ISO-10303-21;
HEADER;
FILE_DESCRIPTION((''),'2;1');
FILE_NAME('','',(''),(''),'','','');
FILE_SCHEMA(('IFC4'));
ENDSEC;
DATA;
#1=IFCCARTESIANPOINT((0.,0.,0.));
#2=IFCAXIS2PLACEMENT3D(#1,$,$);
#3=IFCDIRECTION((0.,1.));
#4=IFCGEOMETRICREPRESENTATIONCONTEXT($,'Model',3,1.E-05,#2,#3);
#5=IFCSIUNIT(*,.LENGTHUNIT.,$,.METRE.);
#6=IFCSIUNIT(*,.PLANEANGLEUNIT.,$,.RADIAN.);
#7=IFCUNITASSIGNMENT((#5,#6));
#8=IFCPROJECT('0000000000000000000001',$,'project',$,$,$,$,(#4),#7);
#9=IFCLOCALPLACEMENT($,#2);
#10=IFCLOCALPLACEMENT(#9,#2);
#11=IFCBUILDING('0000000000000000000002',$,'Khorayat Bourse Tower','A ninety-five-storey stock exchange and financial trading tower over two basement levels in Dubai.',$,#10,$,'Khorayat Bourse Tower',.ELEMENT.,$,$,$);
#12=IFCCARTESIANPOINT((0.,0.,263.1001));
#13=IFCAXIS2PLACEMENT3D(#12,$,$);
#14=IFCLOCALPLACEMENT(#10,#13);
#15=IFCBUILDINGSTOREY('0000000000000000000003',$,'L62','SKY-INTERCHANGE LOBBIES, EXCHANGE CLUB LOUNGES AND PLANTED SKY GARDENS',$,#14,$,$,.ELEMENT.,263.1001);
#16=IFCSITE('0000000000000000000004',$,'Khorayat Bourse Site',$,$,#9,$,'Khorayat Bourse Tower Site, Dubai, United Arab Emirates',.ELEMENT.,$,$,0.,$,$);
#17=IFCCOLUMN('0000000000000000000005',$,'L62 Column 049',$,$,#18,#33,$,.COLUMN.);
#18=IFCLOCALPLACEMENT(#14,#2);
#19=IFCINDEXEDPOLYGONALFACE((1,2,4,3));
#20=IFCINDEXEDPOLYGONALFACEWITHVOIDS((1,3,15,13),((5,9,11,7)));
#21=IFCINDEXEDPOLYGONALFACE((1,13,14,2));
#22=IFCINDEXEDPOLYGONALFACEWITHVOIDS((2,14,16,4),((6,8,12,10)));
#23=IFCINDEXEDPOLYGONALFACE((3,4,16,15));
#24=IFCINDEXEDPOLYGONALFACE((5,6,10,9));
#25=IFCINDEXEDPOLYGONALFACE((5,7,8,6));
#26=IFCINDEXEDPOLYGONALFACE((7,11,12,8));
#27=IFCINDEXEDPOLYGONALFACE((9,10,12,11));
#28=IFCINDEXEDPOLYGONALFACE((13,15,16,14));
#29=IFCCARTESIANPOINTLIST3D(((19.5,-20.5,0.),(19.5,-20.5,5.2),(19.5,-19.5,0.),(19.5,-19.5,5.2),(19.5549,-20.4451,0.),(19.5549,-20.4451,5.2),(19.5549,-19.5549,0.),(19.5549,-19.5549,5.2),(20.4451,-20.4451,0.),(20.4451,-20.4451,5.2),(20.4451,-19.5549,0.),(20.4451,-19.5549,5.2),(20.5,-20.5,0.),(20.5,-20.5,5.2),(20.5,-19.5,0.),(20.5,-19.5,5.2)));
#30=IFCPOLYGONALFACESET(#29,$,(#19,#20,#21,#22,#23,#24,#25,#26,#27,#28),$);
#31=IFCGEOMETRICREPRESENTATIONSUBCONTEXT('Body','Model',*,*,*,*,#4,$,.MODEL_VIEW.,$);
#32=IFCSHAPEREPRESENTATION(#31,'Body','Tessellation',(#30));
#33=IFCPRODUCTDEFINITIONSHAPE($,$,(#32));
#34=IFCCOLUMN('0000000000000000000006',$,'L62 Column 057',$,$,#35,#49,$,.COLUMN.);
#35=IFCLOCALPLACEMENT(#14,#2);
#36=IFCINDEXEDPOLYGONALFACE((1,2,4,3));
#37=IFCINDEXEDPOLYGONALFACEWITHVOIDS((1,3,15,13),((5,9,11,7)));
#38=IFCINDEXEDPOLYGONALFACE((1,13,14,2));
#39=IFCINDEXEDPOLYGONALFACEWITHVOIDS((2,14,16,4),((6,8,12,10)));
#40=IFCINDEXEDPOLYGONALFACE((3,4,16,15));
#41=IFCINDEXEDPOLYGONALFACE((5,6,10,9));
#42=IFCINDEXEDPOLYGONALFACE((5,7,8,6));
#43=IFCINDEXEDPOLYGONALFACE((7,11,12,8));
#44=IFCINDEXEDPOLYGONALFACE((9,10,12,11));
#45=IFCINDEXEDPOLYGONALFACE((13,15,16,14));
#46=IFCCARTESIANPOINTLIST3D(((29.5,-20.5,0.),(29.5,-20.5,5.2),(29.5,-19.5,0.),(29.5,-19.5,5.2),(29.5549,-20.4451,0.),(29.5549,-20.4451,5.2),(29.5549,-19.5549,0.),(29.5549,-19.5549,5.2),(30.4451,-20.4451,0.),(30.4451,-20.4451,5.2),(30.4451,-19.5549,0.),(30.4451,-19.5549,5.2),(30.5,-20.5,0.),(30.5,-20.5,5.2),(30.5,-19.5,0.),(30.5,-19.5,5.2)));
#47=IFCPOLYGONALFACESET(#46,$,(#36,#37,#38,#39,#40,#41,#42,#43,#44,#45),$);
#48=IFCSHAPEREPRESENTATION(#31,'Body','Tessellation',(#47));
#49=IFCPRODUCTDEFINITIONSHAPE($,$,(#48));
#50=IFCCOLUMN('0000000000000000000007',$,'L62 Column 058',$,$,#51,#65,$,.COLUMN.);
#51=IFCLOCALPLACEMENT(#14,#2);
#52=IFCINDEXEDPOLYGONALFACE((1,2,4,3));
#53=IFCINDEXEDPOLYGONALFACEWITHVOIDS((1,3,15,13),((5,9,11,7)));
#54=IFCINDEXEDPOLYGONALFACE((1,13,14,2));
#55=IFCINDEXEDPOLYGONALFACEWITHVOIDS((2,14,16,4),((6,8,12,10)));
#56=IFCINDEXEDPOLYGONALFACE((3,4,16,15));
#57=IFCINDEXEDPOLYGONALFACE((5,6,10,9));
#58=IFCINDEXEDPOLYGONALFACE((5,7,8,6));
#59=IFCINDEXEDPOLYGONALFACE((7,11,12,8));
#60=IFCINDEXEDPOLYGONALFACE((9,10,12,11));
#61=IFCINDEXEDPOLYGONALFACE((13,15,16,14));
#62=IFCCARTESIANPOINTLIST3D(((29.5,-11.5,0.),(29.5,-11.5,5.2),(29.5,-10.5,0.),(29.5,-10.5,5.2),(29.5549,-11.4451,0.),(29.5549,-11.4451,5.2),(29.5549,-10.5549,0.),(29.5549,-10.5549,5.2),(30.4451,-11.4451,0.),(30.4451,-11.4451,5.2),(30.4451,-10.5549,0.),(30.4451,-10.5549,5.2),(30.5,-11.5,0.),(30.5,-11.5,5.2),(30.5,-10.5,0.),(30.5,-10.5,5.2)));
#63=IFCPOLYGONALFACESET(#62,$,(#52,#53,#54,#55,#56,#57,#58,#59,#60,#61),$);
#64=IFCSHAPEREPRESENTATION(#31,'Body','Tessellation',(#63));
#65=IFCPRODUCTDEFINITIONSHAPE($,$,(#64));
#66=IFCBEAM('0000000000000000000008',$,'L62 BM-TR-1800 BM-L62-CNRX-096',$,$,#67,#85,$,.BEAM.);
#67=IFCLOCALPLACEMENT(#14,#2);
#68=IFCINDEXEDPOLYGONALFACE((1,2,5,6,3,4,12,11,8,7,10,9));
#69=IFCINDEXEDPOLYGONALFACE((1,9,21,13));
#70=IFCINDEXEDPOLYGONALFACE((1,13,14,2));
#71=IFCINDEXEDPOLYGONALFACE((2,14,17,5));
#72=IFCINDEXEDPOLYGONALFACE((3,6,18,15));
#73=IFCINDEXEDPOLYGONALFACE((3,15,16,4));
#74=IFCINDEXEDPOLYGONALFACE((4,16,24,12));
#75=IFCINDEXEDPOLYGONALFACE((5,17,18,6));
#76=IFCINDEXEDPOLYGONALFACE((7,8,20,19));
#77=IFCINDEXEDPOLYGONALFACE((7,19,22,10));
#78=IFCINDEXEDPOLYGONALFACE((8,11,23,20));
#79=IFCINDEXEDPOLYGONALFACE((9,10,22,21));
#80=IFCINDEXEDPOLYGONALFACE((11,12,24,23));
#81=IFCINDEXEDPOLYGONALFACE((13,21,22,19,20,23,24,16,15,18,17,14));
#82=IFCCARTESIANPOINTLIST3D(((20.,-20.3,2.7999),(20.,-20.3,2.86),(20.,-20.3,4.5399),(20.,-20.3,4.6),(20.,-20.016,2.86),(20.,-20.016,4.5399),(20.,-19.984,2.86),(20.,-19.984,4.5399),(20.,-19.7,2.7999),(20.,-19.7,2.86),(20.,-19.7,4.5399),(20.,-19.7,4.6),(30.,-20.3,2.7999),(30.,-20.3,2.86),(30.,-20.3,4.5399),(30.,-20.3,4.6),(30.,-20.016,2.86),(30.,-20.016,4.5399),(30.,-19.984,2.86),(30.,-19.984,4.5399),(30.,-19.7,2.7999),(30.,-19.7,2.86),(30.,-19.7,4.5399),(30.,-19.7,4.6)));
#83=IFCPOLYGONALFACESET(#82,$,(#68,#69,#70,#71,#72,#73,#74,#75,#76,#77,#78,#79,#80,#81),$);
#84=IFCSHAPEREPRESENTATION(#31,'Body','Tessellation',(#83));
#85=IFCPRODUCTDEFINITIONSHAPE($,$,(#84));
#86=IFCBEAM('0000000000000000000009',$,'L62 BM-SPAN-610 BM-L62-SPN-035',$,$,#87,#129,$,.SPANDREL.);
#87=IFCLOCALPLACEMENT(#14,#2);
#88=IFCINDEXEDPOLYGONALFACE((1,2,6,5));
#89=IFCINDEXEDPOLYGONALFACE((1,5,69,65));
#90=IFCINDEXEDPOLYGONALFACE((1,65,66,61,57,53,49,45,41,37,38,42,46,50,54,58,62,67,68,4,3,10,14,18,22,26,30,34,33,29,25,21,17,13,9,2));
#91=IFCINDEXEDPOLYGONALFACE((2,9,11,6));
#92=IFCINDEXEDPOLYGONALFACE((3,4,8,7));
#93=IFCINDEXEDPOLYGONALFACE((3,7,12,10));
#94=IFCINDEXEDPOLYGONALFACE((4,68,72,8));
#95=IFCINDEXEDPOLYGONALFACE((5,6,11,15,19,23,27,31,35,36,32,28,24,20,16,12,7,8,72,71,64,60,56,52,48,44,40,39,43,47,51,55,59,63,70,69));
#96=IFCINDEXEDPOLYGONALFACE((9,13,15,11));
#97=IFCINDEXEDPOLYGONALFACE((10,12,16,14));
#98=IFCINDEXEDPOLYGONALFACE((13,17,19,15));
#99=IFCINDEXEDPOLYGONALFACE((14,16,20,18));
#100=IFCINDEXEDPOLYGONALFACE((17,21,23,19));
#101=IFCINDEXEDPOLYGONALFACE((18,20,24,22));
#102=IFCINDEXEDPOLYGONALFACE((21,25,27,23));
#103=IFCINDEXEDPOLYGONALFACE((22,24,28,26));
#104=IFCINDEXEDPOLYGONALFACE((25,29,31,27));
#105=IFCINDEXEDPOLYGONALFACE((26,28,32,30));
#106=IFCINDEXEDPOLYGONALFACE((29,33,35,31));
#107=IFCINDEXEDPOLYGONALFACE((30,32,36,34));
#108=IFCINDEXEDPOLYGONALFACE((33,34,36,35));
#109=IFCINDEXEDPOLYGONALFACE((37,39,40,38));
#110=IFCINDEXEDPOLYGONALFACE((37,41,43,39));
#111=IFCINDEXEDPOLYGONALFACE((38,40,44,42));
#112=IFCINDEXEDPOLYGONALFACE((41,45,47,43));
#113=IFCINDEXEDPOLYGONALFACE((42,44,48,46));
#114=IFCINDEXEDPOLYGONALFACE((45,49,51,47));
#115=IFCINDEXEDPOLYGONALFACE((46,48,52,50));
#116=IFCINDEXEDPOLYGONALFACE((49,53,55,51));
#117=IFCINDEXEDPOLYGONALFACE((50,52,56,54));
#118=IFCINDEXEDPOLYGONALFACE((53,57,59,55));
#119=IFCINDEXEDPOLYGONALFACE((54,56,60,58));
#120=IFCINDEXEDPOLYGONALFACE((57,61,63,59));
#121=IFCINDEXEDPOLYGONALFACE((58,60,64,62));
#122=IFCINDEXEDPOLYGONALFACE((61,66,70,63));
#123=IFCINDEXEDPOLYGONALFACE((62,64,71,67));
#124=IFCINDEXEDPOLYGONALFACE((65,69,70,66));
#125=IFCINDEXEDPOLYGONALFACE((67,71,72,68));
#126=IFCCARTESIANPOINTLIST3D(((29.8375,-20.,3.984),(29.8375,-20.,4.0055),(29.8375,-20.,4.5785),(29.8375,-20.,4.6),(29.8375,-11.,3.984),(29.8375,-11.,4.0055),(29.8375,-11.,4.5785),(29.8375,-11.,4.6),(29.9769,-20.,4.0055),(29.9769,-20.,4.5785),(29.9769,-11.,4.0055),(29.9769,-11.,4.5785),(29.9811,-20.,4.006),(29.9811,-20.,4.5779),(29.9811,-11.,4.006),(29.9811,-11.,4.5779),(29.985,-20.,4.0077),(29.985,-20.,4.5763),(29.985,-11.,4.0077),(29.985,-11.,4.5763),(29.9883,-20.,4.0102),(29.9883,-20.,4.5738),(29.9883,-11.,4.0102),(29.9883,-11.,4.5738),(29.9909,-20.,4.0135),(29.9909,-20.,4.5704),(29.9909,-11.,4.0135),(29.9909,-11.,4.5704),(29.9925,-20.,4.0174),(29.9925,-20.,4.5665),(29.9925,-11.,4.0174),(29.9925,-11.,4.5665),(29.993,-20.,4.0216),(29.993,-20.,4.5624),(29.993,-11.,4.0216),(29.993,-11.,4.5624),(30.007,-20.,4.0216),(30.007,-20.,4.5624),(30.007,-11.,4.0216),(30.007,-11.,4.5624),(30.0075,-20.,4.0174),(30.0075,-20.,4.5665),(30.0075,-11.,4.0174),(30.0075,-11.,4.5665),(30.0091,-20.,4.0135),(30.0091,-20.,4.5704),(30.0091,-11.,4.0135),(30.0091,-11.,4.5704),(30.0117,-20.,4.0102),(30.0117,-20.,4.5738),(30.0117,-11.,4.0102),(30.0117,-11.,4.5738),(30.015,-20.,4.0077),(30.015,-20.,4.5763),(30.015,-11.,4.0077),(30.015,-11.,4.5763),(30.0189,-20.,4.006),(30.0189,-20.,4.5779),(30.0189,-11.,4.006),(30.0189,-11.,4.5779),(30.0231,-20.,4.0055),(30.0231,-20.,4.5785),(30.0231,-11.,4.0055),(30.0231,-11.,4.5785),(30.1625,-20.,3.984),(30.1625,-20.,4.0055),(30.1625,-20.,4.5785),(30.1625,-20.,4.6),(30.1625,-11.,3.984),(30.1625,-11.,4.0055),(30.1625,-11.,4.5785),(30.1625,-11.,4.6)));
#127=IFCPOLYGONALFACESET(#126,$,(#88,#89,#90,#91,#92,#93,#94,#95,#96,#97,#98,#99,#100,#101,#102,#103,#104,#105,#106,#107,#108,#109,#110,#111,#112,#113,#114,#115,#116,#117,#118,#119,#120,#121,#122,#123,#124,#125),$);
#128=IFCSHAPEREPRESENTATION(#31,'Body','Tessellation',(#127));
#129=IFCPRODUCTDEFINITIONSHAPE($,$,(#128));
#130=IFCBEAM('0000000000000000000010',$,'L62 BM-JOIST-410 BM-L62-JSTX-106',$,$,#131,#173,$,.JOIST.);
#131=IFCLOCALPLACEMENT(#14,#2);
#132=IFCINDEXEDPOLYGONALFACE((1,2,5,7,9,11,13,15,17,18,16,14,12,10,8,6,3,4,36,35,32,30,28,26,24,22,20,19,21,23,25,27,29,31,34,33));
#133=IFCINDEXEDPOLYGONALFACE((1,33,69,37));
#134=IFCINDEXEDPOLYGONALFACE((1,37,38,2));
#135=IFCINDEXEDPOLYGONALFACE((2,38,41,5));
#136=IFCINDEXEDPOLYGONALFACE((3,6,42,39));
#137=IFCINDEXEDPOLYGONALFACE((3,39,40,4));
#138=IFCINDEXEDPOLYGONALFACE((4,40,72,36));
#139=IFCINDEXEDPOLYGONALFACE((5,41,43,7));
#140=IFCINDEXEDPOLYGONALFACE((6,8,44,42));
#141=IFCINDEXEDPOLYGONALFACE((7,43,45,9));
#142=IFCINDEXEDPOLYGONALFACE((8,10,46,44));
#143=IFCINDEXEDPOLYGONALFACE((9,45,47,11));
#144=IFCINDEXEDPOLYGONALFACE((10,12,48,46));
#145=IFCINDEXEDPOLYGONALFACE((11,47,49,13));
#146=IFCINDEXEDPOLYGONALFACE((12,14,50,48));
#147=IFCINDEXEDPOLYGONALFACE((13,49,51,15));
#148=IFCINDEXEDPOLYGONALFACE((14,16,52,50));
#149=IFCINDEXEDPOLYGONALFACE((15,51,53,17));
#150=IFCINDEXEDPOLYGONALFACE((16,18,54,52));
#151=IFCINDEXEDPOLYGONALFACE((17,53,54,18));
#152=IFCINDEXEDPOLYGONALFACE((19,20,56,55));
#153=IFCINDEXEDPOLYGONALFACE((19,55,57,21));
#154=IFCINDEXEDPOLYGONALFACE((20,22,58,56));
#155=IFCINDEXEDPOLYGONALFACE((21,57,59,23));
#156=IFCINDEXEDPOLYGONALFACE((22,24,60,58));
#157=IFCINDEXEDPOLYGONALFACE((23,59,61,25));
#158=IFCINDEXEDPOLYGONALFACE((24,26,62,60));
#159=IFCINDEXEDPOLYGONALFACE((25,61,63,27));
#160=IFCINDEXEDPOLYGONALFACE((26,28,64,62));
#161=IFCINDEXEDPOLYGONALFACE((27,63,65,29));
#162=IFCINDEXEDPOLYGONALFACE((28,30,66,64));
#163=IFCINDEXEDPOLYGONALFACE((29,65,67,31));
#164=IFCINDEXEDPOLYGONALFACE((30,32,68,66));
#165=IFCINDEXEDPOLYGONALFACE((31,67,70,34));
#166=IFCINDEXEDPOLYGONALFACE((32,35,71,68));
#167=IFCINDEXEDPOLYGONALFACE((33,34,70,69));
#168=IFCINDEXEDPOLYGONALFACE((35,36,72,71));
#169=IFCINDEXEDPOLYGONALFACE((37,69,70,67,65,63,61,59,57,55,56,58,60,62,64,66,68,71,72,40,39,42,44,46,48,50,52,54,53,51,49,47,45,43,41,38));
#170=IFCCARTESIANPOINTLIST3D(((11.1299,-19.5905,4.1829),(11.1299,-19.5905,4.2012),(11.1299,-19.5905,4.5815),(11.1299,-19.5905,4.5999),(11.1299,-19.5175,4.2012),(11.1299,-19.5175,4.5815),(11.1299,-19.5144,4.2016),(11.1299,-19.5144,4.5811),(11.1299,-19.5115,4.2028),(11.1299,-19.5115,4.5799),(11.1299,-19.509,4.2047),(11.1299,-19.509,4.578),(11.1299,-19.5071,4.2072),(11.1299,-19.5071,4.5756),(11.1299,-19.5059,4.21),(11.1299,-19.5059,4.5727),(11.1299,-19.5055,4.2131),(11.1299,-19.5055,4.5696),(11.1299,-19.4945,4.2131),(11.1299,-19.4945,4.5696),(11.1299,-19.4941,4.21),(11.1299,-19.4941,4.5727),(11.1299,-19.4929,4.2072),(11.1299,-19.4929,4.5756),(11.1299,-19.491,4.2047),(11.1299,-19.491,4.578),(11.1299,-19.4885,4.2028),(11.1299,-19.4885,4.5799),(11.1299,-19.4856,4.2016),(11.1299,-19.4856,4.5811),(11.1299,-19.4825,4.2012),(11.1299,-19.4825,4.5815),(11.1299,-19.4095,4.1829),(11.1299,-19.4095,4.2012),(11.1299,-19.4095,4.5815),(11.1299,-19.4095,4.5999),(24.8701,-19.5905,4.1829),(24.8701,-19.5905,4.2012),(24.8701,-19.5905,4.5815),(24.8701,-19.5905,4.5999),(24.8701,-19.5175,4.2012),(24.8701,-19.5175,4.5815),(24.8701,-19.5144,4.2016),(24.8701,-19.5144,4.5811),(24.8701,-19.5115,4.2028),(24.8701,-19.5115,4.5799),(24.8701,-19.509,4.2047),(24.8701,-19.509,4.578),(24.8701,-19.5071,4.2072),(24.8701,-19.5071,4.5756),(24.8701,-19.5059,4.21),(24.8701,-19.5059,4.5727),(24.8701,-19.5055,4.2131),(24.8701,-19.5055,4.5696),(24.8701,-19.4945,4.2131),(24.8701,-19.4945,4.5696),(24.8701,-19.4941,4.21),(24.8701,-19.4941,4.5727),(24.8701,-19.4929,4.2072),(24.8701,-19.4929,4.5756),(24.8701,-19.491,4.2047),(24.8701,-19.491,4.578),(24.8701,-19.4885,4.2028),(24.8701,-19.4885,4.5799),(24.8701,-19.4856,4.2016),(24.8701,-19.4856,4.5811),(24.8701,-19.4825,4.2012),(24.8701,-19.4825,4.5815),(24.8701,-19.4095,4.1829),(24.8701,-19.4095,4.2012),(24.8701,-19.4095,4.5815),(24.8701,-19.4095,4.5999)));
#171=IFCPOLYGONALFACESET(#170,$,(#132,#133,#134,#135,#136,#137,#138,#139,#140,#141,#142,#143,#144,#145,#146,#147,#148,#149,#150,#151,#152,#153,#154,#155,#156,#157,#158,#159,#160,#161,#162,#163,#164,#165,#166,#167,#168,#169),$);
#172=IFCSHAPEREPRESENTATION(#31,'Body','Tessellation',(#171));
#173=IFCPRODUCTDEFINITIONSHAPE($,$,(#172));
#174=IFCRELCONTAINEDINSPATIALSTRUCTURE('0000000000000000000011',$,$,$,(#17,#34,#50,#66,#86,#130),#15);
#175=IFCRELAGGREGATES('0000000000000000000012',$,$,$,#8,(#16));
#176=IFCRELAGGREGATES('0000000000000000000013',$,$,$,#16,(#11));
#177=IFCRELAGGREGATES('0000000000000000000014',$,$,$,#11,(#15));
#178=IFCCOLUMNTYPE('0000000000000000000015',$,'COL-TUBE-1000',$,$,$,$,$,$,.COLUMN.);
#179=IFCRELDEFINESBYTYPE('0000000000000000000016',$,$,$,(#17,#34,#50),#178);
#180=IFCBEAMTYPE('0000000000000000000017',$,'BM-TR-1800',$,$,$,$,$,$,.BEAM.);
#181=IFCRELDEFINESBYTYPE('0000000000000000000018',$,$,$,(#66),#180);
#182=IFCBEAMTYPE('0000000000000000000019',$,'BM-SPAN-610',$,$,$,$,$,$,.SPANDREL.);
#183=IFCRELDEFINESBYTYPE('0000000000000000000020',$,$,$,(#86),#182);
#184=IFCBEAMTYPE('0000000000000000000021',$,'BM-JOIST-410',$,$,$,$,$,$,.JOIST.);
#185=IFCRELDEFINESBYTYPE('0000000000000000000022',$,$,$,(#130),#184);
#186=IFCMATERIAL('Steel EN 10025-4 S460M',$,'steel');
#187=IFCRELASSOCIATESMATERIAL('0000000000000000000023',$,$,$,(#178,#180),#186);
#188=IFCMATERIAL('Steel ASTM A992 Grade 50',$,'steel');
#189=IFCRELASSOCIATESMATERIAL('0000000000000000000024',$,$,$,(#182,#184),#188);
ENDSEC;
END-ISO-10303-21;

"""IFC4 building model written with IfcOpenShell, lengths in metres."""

from ifc_helpers import new_model, si_unit, direction, frame, origin, origin_2d, place, context, subcontext, project, spatial, hollow_rectangle, i_section, extrude, source, transform, mapped, material, material_profile, profile_set, type_object, element, save


model = new_model("IFC4")

# Units and contexts
model_context = context("Model", 3, precision=1e-05, world=origin(), true_north=direction((0.0, 1.0)))
body_context = subcontext(model_context, "Body", "Model", "MODEL_VIEW")
ifc_project = project(units=[si_unit("LENGTHUNIT", "METRE"), si_unit("PLANEANGLEUNIT", "RADIAN")], contexts=[model_context])

# Site, building, storey
site_placement = place(None, origin())
site = spatial("IfcSite", under=ifc_project, at=site_placement, Name="Khorayat Bourse Site", LongName="Khorayat Bourse Tower Site, Dubai, United Arab Emirates", CompositionType="ELEMENT", RefElevation=0.0)
building_placement = place(site_placement, origin())
building = spatial("IfcBuilding", under=site, at=building_placement, Name="Khorayat Bourse Tower", Description="A ninety-five-storey stock exchange and financial trading tower over two basement levels in Dubai.", LongName="Khorayat Bourse Tower", CompositionType="ELEMENT")
storey_placement = place(building_placement, frame((0.0, 0.0, 263.1001)))
storey = spatial("IfcBuildingStorey", under=building, at=storey_placement, Name="L62", Description="SKY-INTERCHANGE LOBBIES, EXCHANGE CLUB LOUNGES AND PLANTED SKY GARDENS", CompositionType="ELEMENT", Elevation=263.1001)

# Columns
ifc_material_1 = material(Name="Steel EN 10025-4 S460M", Category="steel")
ifc_material_profile_1 = material_profile(ifc_material_1, hollow_rectangle(XDim=1.0, YDim=1.0, WallThickness=0.0549, at=origin_2d()), Name="BOX 1000x1000x55")
ifc_profile_set_1 = profile_set([ifc_material_profile_1], Name="Steel EN 10025-4 S460M")
column_type = type_object("IfcColumnType", Name="COL-TUBE-1000", PredefinedType="COLUMN", material=ifc_profile_set_1)
shared_shape_1 = source(origin(), body_context, "Body", "SweptSolid", [
    extrude(hollow_rectangle(XDim=1.0, YDim=1.0, WallThickness=0.0549, at=origin_2d()), origin(), (0.0, 0.0, 1.0), 5.2),
])
for number, where, z_axis, x_axis, name in (
    (1, (20.0, -20.0, 0.0), (0.0, 0.0, 1.0), (1.0, 0.0, 0.0), "L62 Column 049"),
    (2, (30.0, -20.0, 0.0), (0.0, 0.0, 1.0), (1.0, 0.0, 0.0), "L62 Column 057"),
    (3, (30.0, -11.0, 0.0), (0.0, 0.0, 1.0), (1.0, 0.0, 0.0), "L62 Column 058"),
):
    element("IfcColumn", number, at=place(storey_placement, frame(where, z_axis=z_axis, x_axis=x_axis)), inside=storey, type_object=column_type, Name=name, PredefinedType="COLUMN", context=body_context, shape_type="MappedRepresentation", body=[
        mapped(shared_shape_1, transform((0.0, 0.0, 0.0), scale=1.0)),
    ])

# Beams
ifc_material_profile_2 = material_profile(ifc_material_1, i_section(OverallWidth=0.6001, OverallDepth=1.8, WebThickness=0.032, FlangeThickness=0.0601, at=origin_2d()), Name="PG 1800x600x32x60")
ifc_profile_set_2 = profile_set([ifc_material_profile_2], Name="Steel EN 10025-4 S460M")
beam_type_1 = type_object("IfcBeamType", Name="BM-TR-1800", PredefinedType="BEAM", material=ifc_profile_set_2)
shared_shape_2 = source(origin(), body_context, "Body", "SweptSolid", [
    extrude(i_section(OverallWidth=0.6001, OverallDepth=1.8, WebThickness=0.032, FlangeThickness=0.0601, at=origin_2d()), origin(), (0.0, 0.0, 1.0), 10.0),
])
beam_1_placement = place(storey_placement, frame((20.0, -20.0, 3.7), z_axis=(1.0, 0.0, 0.0), x_axis=(0.0, 1.0, 0.0)))
element("IfcBeam", 4, at=beam_1_placement, inside=storey, type_object=beam_type_1, Name="L62 BM-TR-1800 BM-L62-CNRX-096", PredefinedType="BEAM", context=body_context, shape_type="MappedRepresentation", body=[
    mapped(shared_shape_2, transform((0.0, 0.0, 0.0), scale=1.0)),
])
ifc_material_2 = material(Name="Steel ASTM A992 Grade 50", Category="steel")
ifc_material_profile_3 = material_profile(ifc_material_2, i_section(OverallWidth=0.325, OverallDepth=0.616, WebThickness=0.0139, FlangeThickness=0.0215, FilletRadius=0.0161, at=origin_2d()), Name="W610X174")
ifc_profile_set_3 = profile_set([ifc_material_profile_3], Name="Steel ASTM A992 Grade 50")
beam_type_2 = type_object("IfcBeamType", Name="BM-SPAN-610", PredefinedType="SPANDREL", material=ifc_profile_set_3)
shared_shape_3 = source(origin(), body_context, "Body", "SweptSolid", [
    extrude(i_section(OverallWidth=0.325, OverallDepth=0.616, WebThickness=0.0139, FlangeThickness=0.0215, FilletRadius=0.0161, at=origin_2d()), origin(), (0.0, 0.0, 1.0), 9.0),
])
beam_2_placement = place(storey_placement, frame((30.0, -20.0, 4.292), z_axis=(0.0, 1.0, 0.0), x_axis=(-1.0, 0.0, 0.0)))
element("IfcBeam", 5, at=beam_2_placement, inside=storey, type_object=beam_type_2, Name="L62 BM-SPAN-610 BM-L62-SPN-035", PredefinedType="SPANDREL", context=body_context, shape_type="MappedRepresentation", body=[
    mapped(shared_shape_3, transform((0.0, 0.0, 0.0), scale=1.0)),
])
ifc_material_profile_4 = material_profile(ifc_material_2, i_section(OverallWidth=0.1809, OverallDepth=0.417, WebThickness=0.011, FlangeThickness=0.0183, FilletRadius=0.012, at=origin_2d()), Name="W410X85")
ifc_profile_set_4 = profile_set([ifc_material_profile_4], Name="Steel ASTM A992 Grade 50")
beam_type_3 = type_object("IfcBeamType", Name="BM-JOIST-410", PredefinedType="JOIST", material=ifc_profile_set_4)
shared_shape_4 = source(origin(), body_context, "Body", "SweptSolid", [
    extrude(i_section(OverallWidth=0.1809, OverallDepth=0.417, WebThickness=0.011, FlangeThickness=0.0183, FilletRadius=0.012, at=origin_2d()), origin(), (0.0, 0.0, 1.0), 13.7402),
])
beam_3_placement = place(storey_placement, frame((11.1299, -19.5, 4.3914), z_axis=(1.0, 0.0, 0.0), x_axis=(0.0, 1.0, 0.0)))
element("IfcBeam", 6, at=beam_3_placement, inside=storey, type_object=beam_type_3, Name="L62 BM-JOIST-410 BM-L62-JSTX-106", PredefinedType="JOIST", context=body_context, shape_type="MappedRepresentation", body=[
    mapped(shared_shape_4, transform((0.0, 0.0, 0.0), scale=1.0)),
])

save(model, "model.ifc")
